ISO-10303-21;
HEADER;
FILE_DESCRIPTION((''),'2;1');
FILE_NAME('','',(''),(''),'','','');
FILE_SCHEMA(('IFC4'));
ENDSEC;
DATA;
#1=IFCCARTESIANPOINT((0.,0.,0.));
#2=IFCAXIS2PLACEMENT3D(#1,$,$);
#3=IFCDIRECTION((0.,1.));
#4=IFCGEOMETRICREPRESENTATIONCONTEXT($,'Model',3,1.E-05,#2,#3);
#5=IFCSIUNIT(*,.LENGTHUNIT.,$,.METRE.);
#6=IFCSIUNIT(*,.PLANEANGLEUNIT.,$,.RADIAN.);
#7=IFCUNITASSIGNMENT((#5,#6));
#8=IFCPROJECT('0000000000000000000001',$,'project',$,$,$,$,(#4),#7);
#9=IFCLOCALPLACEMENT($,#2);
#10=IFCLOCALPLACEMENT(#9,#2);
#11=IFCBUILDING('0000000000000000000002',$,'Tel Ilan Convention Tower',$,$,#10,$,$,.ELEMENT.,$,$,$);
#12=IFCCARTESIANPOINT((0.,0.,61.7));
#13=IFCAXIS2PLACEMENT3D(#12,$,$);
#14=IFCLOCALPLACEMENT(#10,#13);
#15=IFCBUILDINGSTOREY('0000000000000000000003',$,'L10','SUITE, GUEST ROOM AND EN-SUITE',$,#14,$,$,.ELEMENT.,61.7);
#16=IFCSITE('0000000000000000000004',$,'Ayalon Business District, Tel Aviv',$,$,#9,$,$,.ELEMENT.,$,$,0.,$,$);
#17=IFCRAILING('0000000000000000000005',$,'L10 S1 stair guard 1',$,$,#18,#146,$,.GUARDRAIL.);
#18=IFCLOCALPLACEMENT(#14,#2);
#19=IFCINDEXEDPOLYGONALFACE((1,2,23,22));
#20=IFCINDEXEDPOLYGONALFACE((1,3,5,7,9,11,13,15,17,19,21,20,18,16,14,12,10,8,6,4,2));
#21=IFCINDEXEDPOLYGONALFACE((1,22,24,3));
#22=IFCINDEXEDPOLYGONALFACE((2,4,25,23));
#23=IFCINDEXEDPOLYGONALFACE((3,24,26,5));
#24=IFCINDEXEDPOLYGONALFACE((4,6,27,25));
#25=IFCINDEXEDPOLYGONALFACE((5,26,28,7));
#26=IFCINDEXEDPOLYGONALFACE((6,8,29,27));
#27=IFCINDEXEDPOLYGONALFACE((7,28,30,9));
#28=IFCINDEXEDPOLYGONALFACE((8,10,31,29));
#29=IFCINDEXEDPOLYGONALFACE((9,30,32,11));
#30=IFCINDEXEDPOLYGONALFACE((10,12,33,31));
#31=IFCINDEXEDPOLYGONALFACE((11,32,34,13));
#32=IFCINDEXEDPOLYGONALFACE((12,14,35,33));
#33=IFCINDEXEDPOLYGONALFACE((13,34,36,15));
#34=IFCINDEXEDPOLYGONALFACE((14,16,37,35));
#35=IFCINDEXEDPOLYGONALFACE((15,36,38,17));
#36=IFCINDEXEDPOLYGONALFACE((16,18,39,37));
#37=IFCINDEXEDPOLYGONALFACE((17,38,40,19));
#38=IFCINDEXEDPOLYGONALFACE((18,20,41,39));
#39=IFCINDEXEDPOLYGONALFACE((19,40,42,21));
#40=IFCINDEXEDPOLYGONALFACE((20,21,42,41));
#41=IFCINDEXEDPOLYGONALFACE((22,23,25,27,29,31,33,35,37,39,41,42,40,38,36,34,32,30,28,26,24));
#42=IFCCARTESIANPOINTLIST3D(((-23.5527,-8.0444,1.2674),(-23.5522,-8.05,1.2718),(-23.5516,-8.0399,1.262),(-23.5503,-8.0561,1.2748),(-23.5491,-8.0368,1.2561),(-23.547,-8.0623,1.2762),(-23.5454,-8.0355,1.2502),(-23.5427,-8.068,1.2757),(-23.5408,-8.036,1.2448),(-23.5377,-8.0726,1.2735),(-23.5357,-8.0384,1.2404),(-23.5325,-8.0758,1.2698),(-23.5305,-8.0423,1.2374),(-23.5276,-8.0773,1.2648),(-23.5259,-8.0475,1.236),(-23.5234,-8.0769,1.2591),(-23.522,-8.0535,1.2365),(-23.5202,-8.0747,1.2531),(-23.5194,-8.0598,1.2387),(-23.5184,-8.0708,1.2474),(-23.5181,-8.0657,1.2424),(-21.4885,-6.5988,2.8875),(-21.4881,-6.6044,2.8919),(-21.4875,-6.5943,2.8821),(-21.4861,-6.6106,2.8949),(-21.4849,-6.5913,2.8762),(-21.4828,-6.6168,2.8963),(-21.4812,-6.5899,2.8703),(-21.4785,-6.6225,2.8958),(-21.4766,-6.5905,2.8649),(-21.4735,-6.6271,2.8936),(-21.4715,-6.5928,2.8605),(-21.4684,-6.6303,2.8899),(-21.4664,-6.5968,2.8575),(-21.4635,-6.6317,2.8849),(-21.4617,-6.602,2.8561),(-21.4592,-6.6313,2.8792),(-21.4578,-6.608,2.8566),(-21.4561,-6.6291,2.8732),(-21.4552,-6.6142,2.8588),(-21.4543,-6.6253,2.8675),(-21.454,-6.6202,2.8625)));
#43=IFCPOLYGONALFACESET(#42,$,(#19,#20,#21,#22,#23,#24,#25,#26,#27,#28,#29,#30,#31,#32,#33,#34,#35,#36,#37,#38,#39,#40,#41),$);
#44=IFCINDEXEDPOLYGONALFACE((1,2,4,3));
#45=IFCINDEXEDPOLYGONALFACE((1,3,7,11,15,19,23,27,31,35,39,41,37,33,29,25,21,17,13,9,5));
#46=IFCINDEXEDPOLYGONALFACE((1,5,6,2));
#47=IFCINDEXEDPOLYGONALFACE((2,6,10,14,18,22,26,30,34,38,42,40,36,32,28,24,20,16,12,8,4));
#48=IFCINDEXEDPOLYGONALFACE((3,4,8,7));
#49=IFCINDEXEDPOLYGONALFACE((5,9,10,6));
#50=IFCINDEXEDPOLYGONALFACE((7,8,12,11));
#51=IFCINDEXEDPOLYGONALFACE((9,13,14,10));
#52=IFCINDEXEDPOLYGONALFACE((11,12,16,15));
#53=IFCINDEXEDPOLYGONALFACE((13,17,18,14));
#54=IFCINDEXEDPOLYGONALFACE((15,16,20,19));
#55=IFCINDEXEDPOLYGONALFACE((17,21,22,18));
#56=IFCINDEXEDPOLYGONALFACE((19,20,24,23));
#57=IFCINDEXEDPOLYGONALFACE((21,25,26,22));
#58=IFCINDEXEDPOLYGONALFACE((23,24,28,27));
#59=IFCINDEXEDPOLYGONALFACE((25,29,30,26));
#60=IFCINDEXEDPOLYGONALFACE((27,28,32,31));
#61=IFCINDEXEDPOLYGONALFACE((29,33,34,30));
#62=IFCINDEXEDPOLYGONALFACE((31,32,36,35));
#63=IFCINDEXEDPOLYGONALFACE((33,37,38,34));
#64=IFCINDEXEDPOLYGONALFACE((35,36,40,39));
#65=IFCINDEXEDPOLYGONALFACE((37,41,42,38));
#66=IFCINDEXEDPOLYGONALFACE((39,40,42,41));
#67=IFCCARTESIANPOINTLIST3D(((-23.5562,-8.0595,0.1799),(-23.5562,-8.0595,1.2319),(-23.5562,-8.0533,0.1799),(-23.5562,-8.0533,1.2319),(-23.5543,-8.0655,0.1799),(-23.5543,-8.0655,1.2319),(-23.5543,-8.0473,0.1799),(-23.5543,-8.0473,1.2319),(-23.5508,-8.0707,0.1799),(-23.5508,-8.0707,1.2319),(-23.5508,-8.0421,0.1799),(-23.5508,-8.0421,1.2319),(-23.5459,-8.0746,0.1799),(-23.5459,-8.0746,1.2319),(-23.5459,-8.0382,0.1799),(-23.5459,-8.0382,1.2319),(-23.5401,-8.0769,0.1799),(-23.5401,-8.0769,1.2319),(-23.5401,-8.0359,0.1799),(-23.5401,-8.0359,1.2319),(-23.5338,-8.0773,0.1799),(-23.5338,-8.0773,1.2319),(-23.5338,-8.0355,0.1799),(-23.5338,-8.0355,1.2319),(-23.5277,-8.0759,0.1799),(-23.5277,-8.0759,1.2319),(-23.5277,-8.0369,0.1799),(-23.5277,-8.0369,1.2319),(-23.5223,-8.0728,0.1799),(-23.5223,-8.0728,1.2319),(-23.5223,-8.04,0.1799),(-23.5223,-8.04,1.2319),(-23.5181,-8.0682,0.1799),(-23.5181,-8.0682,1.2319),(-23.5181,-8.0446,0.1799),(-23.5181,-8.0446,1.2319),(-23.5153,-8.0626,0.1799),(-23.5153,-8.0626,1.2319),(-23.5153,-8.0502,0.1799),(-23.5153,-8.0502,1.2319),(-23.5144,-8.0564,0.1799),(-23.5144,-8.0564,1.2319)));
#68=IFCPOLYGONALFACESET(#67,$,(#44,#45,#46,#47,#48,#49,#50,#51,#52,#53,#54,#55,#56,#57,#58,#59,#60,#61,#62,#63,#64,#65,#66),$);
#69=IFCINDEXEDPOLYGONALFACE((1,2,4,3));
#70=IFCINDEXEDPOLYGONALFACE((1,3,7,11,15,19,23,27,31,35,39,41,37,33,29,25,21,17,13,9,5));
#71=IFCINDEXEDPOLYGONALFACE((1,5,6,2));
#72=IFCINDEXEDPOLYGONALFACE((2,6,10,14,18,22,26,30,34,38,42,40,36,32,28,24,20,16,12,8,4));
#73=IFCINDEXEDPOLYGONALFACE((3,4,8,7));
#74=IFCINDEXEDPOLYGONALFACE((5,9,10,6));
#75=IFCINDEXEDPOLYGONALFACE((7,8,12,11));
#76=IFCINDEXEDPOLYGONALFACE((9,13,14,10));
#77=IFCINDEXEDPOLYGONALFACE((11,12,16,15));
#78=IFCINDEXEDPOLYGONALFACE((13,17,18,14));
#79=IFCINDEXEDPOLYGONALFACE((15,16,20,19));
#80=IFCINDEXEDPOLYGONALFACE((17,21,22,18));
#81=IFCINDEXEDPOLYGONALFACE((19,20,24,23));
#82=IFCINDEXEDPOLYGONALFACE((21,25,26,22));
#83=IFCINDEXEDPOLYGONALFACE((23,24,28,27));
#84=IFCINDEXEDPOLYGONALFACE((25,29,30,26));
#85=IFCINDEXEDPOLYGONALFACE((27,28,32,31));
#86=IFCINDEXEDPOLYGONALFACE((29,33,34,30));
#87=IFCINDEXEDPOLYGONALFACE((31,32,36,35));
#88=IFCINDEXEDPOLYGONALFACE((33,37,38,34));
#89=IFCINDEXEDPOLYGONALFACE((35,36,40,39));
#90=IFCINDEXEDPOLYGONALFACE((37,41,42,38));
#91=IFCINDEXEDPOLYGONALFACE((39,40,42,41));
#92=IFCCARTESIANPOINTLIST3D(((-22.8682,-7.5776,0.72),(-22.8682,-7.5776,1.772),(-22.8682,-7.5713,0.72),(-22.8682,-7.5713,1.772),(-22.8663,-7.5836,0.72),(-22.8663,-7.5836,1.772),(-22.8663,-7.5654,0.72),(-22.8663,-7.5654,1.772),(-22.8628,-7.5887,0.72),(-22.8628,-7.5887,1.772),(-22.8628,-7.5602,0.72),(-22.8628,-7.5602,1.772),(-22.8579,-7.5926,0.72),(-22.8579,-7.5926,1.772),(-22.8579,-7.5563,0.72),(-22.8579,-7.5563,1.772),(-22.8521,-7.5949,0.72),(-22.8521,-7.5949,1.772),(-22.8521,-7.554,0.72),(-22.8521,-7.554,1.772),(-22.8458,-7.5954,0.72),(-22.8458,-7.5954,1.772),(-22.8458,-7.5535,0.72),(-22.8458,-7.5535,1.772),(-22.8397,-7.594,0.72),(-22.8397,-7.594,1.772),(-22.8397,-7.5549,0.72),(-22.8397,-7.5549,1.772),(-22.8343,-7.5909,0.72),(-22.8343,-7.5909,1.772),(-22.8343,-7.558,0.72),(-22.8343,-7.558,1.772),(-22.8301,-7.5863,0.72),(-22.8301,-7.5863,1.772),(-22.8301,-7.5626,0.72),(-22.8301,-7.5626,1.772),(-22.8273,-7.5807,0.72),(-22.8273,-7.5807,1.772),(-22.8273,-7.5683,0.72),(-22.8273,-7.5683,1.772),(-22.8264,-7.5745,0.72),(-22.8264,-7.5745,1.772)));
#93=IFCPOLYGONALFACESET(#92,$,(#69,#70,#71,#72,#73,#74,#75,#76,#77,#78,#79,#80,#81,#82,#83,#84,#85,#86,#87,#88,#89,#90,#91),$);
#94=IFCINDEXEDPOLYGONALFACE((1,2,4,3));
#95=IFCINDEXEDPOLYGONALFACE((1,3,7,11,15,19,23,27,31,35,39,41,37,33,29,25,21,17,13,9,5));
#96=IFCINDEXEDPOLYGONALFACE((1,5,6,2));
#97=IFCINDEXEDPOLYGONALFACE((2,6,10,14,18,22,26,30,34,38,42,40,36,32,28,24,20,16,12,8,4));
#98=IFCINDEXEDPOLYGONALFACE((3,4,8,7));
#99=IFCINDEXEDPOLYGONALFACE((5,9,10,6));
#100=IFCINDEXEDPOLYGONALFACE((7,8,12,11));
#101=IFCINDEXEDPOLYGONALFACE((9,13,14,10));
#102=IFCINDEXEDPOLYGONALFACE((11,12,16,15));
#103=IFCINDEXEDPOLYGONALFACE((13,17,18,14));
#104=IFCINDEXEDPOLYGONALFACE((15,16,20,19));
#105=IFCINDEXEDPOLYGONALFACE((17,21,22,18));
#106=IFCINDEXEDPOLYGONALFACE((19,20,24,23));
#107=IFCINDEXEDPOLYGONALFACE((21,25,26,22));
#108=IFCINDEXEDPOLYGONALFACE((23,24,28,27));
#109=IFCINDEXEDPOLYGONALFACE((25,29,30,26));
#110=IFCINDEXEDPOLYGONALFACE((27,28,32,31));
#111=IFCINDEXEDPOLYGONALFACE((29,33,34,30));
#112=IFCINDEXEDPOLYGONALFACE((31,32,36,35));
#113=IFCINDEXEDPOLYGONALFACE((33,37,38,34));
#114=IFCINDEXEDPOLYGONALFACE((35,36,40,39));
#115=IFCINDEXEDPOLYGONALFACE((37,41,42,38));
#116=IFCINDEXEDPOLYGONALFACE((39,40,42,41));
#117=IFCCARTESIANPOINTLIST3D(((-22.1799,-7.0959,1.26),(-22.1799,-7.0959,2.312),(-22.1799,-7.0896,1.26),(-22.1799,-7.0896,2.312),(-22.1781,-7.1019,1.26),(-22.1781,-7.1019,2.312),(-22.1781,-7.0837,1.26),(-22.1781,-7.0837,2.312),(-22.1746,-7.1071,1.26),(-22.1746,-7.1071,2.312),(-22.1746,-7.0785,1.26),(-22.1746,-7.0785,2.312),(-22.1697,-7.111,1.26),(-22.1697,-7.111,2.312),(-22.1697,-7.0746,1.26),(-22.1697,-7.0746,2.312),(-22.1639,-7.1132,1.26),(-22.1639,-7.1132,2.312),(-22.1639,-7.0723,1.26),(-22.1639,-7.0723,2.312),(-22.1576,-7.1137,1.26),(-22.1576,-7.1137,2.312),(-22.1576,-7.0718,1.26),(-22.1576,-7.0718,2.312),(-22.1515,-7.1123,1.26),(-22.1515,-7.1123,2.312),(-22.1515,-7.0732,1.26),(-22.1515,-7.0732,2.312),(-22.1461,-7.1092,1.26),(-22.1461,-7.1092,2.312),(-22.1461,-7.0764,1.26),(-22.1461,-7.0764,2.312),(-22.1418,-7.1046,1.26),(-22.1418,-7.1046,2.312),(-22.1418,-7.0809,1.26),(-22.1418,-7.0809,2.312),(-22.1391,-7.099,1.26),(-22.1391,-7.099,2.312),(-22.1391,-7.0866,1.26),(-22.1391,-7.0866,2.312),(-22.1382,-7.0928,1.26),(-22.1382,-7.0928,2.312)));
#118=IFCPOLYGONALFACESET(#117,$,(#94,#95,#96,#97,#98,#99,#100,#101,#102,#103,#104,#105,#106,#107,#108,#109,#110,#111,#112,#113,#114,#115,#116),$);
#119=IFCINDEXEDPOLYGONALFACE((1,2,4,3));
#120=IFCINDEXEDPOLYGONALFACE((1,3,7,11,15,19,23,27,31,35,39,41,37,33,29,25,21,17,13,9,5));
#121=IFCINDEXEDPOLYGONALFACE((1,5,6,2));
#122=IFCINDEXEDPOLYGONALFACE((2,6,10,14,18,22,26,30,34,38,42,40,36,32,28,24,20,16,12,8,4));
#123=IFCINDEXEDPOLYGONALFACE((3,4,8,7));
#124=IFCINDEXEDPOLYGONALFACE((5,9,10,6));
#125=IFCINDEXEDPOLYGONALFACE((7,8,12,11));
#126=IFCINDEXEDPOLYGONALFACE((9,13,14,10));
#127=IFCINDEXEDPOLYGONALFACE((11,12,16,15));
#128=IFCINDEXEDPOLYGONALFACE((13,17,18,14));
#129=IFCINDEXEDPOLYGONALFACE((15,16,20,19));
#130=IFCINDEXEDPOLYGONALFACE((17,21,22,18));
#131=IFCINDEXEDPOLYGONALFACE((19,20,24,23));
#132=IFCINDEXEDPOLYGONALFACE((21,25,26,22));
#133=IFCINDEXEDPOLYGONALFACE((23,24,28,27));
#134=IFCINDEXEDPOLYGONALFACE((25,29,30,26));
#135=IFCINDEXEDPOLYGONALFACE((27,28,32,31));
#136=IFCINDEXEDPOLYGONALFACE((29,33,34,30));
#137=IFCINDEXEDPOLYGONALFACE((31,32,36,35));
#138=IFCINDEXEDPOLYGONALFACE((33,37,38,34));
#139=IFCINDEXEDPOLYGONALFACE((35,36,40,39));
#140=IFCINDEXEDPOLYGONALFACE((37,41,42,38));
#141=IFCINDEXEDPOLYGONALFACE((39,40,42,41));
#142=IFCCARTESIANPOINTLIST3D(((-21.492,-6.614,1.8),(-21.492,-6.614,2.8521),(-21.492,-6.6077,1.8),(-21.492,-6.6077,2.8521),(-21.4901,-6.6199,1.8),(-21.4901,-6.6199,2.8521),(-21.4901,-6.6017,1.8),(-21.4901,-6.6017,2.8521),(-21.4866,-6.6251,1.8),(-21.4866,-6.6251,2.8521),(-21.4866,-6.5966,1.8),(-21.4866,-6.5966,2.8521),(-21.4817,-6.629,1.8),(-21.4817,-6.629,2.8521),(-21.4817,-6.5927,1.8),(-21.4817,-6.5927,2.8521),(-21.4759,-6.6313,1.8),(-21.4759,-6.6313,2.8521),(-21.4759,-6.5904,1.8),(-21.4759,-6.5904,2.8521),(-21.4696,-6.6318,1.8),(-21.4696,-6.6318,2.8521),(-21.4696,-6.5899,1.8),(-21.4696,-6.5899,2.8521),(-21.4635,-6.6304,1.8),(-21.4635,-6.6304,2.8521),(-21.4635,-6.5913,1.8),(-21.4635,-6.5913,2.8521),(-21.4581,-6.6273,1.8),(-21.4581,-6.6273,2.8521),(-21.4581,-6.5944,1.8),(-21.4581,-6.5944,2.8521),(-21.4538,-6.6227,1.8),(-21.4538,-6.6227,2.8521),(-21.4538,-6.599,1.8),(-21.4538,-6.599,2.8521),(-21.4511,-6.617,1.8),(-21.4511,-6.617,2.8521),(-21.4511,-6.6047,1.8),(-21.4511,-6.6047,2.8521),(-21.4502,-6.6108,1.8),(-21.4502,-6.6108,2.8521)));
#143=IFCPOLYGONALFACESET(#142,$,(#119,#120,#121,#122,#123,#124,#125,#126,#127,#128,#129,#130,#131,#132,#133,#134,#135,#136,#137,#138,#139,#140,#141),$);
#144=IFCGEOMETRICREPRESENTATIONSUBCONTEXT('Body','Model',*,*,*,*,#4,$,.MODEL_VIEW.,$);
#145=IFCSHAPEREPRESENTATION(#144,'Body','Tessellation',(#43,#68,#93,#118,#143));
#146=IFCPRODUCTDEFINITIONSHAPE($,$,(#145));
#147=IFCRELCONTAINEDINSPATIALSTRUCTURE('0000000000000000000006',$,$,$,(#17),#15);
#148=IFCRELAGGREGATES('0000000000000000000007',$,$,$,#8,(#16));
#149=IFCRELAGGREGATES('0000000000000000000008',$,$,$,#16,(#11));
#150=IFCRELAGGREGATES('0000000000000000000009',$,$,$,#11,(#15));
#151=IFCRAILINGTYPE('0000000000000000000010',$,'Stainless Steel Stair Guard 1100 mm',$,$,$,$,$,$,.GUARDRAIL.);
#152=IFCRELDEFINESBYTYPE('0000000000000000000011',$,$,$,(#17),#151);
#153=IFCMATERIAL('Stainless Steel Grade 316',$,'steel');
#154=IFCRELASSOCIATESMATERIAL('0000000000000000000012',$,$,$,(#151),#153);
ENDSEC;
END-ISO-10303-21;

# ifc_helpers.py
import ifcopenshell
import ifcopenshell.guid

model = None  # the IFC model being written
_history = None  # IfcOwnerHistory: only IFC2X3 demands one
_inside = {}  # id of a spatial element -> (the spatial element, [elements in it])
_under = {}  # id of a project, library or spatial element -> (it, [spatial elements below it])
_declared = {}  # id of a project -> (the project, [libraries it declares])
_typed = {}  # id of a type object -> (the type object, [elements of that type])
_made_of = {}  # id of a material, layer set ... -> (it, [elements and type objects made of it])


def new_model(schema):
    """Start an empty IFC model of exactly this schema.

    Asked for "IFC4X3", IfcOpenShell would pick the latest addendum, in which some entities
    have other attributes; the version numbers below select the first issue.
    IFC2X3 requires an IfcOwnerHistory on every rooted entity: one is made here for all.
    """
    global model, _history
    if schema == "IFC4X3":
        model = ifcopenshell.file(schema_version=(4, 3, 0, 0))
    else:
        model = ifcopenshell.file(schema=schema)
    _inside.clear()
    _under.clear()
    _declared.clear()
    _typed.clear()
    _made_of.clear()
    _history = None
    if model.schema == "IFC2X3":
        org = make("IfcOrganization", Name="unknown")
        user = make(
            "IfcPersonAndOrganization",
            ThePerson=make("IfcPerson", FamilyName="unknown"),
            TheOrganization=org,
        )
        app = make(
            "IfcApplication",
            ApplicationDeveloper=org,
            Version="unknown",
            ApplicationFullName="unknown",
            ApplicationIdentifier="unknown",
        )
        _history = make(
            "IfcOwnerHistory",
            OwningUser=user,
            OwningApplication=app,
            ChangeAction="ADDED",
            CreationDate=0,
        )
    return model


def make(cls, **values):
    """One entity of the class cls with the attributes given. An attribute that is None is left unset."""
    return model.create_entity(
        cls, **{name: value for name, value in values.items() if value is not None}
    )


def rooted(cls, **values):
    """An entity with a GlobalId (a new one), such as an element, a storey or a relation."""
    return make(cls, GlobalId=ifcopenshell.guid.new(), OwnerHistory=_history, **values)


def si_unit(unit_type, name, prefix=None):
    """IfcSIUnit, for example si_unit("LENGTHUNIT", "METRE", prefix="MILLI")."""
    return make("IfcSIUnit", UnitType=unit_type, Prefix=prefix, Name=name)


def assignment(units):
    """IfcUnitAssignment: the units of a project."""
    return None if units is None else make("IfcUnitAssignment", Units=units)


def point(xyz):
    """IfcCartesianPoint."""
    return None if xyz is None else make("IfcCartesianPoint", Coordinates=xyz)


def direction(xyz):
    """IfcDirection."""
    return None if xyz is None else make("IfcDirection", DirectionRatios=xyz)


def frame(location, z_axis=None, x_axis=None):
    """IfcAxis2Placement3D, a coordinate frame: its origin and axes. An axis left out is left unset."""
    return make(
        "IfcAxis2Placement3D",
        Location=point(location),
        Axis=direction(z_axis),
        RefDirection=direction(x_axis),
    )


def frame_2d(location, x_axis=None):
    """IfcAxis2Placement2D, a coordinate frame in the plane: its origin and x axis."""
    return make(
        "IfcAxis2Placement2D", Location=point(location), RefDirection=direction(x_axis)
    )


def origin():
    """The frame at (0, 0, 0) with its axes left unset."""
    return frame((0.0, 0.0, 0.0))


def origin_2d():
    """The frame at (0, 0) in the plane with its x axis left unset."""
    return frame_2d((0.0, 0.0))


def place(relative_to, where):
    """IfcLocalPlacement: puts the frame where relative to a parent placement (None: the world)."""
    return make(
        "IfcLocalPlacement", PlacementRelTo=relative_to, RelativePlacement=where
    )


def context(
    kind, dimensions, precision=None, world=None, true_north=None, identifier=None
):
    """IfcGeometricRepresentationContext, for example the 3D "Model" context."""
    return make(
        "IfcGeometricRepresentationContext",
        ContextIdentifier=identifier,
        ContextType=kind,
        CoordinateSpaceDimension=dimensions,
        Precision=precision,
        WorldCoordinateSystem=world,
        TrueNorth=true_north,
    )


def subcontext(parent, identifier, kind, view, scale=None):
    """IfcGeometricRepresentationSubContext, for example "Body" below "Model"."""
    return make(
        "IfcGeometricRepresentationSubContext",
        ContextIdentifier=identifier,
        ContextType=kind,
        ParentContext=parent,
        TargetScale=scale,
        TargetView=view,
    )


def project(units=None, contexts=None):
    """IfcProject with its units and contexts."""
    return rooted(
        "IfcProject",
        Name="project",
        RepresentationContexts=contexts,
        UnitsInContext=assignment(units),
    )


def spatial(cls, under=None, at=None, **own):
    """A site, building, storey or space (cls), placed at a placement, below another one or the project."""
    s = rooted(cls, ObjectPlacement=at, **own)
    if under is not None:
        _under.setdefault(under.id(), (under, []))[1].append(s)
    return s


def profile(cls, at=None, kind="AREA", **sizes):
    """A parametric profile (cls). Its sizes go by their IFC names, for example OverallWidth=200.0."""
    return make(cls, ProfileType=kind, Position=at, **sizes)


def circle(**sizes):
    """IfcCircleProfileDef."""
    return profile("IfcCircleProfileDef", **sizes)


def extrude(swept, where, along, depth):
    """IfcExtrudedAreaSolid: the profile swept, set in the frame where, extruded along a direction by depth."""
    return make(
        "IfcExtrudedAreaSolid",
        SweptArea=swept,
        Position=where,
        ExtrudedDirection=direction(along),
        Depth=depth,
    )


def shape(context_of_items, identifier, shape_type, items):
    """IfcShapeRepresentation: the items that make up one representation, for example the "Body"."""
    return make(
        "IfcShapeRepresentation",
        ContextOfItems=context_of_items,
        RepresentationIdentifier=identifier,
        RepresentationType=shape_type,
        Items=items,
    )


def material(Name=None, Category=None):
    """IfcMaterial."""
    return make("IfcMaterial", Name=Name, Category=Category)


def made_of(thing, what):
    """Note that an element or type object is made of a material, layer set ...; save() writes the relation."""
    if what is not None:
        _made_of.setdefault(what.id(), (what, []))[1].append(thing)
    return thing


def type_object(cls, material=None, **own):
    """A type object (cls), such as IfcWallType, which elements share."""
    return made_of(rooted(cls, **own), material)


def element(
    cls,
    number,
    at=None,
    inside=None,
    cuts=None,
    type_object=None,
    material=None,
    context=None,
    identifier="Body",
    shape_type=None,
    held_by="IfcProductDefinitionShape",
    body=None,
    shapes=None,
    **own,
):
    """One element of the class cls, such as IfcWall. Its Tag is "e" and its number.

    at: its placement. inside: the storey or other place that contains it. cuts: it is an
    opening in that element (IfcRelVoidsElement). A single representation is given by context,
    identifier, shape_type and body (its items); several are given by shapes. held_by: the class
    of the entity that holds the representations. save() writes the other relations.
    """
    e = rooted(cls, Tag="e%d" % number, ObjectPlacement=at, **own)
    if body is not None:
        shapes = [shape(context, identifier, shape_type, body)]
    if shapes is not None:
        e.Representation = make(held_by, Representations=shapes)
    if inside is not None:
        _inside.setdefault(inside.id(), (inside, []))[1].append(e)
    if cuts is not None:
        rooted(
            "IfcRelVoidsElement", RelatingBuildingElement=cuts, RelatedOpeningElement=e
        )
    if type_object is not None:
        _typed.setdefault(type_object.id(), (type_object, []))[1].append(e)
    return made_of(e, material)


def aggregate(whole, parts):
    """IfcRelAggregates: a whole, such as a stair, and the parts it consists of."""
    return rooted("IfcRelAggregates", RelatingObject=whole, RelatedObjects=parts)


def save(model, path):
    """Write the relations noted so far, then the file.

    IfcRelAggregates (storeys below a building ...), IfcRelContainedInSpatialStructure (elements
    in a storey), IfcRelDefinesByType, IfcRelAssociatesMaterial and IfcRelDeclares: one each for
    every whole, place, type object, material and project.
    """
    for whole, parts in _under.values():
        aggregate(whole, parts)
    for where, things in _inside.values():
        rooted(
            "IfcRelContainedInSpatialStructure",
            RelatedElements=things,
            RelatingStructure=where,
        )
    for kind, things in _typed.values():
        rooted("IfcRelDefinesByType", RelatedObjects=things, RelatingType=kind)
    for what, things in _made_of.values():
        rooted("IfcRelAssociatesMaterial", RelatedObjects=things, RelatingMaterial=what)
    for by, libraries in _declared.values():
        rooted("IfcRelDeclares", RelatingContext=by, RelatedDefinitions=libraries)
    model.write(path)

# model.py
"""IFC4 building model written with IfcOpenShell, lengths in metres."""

from ifc_helpers import new_model, si_unit, direction, frame, origin, origin_2d, place, context, subcontext, project, spatial, circle, extrude, material, type_object, element, save


model = new_model("IFC4")

# Units and contexts
model_context = context("Model", 3, precision=1e-05, world=origin(), true_north=direction((0.0, 1.0)))
body_context = subcontext(model_context, "Body", "Model", "MODEL_VIEW")
ifc_project = project(units=[si_unit("LENGTHUNIT", "METRE"), si_unit("PLANEANGLEUNIT", "RADIAN")], contexts=[model_context])

# Site, building, storey
site_placement = place(None, origin())
site = spatial("IfcSite", under=ifc_project, at=site_placement, Name="Ayalon Business District, Tel Aviv", CompositionType="ELEMENT", RefElevation=0.0)
building_placement = place(site_placement, origin())
building = spatial("IfcBuilding", under=site, at=building_placement, Name="Tel Ilan Convention Tower", CompositionType="ELEMENT")
storey_placement = place(building_placement, frame((0.0, 0.0, 61.7)))
storey = spatial("IfcBuildingStorey", under=building, at=storey_placement, Name="L10", Description="SUITE, GUEST ROOM AND EN-SUITE", CompositionType="ELEMENT", Elevation=61.7)

# Railing
ifc_material_1 = material(Name="Stainless Steel Grade 316", Category="steel")
railing_type_1 = type_object("IfcRailingType", Name="Stainless Steel Stair Guard 1100 mm", PredefinedType="GUARDRAIL", material=ifc_material_1)
railing_1_placement = place(storey_placement, frame((-23.5354, -8.0564, 0.1799)))
element("IfcRailing", 1, at=railing_1_placement, inside=storey, type_object=railing_type_1, Name="L10 S1 stair guard 1", PredefinedType="GUARDRAIL", context=body_context, shape_type="SweptSolid", body=[
    extrude(circle(Radius=0.0239, at=origin_2d()), frame((0.0, 0.0, 1.0762), z_axis=(0.689013, 0.482513, 0.540779), x_axis=(-0.573625, 0.819118, 0.0)), (0.0, 0.0, 1.0), 2.9958),
    extrude(circle(Radius=0.021, at=origin_2d()), origin(), (0.0, 0.0, 1.0), 1.052),
    extrude(circle(Radius=0.021, at=origin_2d()), frame((0.688, 0.4819, 0.54)), (0.0, 0.0, 1.0), 1.052),
    extrude(circle(Radius=0.021, at=origin_2d()), frame((1.3762, 0.9636, 1.0801)), (0.0, 0.0, 1.0), 1.052),
    extrude(circle(Radius=0.021, at=origin_2d()), frame((2.0642, 1.4456, 1.6201)), (0.0, 0.0, 1.0), 1.052),
])

save(model, "model.ifc")
